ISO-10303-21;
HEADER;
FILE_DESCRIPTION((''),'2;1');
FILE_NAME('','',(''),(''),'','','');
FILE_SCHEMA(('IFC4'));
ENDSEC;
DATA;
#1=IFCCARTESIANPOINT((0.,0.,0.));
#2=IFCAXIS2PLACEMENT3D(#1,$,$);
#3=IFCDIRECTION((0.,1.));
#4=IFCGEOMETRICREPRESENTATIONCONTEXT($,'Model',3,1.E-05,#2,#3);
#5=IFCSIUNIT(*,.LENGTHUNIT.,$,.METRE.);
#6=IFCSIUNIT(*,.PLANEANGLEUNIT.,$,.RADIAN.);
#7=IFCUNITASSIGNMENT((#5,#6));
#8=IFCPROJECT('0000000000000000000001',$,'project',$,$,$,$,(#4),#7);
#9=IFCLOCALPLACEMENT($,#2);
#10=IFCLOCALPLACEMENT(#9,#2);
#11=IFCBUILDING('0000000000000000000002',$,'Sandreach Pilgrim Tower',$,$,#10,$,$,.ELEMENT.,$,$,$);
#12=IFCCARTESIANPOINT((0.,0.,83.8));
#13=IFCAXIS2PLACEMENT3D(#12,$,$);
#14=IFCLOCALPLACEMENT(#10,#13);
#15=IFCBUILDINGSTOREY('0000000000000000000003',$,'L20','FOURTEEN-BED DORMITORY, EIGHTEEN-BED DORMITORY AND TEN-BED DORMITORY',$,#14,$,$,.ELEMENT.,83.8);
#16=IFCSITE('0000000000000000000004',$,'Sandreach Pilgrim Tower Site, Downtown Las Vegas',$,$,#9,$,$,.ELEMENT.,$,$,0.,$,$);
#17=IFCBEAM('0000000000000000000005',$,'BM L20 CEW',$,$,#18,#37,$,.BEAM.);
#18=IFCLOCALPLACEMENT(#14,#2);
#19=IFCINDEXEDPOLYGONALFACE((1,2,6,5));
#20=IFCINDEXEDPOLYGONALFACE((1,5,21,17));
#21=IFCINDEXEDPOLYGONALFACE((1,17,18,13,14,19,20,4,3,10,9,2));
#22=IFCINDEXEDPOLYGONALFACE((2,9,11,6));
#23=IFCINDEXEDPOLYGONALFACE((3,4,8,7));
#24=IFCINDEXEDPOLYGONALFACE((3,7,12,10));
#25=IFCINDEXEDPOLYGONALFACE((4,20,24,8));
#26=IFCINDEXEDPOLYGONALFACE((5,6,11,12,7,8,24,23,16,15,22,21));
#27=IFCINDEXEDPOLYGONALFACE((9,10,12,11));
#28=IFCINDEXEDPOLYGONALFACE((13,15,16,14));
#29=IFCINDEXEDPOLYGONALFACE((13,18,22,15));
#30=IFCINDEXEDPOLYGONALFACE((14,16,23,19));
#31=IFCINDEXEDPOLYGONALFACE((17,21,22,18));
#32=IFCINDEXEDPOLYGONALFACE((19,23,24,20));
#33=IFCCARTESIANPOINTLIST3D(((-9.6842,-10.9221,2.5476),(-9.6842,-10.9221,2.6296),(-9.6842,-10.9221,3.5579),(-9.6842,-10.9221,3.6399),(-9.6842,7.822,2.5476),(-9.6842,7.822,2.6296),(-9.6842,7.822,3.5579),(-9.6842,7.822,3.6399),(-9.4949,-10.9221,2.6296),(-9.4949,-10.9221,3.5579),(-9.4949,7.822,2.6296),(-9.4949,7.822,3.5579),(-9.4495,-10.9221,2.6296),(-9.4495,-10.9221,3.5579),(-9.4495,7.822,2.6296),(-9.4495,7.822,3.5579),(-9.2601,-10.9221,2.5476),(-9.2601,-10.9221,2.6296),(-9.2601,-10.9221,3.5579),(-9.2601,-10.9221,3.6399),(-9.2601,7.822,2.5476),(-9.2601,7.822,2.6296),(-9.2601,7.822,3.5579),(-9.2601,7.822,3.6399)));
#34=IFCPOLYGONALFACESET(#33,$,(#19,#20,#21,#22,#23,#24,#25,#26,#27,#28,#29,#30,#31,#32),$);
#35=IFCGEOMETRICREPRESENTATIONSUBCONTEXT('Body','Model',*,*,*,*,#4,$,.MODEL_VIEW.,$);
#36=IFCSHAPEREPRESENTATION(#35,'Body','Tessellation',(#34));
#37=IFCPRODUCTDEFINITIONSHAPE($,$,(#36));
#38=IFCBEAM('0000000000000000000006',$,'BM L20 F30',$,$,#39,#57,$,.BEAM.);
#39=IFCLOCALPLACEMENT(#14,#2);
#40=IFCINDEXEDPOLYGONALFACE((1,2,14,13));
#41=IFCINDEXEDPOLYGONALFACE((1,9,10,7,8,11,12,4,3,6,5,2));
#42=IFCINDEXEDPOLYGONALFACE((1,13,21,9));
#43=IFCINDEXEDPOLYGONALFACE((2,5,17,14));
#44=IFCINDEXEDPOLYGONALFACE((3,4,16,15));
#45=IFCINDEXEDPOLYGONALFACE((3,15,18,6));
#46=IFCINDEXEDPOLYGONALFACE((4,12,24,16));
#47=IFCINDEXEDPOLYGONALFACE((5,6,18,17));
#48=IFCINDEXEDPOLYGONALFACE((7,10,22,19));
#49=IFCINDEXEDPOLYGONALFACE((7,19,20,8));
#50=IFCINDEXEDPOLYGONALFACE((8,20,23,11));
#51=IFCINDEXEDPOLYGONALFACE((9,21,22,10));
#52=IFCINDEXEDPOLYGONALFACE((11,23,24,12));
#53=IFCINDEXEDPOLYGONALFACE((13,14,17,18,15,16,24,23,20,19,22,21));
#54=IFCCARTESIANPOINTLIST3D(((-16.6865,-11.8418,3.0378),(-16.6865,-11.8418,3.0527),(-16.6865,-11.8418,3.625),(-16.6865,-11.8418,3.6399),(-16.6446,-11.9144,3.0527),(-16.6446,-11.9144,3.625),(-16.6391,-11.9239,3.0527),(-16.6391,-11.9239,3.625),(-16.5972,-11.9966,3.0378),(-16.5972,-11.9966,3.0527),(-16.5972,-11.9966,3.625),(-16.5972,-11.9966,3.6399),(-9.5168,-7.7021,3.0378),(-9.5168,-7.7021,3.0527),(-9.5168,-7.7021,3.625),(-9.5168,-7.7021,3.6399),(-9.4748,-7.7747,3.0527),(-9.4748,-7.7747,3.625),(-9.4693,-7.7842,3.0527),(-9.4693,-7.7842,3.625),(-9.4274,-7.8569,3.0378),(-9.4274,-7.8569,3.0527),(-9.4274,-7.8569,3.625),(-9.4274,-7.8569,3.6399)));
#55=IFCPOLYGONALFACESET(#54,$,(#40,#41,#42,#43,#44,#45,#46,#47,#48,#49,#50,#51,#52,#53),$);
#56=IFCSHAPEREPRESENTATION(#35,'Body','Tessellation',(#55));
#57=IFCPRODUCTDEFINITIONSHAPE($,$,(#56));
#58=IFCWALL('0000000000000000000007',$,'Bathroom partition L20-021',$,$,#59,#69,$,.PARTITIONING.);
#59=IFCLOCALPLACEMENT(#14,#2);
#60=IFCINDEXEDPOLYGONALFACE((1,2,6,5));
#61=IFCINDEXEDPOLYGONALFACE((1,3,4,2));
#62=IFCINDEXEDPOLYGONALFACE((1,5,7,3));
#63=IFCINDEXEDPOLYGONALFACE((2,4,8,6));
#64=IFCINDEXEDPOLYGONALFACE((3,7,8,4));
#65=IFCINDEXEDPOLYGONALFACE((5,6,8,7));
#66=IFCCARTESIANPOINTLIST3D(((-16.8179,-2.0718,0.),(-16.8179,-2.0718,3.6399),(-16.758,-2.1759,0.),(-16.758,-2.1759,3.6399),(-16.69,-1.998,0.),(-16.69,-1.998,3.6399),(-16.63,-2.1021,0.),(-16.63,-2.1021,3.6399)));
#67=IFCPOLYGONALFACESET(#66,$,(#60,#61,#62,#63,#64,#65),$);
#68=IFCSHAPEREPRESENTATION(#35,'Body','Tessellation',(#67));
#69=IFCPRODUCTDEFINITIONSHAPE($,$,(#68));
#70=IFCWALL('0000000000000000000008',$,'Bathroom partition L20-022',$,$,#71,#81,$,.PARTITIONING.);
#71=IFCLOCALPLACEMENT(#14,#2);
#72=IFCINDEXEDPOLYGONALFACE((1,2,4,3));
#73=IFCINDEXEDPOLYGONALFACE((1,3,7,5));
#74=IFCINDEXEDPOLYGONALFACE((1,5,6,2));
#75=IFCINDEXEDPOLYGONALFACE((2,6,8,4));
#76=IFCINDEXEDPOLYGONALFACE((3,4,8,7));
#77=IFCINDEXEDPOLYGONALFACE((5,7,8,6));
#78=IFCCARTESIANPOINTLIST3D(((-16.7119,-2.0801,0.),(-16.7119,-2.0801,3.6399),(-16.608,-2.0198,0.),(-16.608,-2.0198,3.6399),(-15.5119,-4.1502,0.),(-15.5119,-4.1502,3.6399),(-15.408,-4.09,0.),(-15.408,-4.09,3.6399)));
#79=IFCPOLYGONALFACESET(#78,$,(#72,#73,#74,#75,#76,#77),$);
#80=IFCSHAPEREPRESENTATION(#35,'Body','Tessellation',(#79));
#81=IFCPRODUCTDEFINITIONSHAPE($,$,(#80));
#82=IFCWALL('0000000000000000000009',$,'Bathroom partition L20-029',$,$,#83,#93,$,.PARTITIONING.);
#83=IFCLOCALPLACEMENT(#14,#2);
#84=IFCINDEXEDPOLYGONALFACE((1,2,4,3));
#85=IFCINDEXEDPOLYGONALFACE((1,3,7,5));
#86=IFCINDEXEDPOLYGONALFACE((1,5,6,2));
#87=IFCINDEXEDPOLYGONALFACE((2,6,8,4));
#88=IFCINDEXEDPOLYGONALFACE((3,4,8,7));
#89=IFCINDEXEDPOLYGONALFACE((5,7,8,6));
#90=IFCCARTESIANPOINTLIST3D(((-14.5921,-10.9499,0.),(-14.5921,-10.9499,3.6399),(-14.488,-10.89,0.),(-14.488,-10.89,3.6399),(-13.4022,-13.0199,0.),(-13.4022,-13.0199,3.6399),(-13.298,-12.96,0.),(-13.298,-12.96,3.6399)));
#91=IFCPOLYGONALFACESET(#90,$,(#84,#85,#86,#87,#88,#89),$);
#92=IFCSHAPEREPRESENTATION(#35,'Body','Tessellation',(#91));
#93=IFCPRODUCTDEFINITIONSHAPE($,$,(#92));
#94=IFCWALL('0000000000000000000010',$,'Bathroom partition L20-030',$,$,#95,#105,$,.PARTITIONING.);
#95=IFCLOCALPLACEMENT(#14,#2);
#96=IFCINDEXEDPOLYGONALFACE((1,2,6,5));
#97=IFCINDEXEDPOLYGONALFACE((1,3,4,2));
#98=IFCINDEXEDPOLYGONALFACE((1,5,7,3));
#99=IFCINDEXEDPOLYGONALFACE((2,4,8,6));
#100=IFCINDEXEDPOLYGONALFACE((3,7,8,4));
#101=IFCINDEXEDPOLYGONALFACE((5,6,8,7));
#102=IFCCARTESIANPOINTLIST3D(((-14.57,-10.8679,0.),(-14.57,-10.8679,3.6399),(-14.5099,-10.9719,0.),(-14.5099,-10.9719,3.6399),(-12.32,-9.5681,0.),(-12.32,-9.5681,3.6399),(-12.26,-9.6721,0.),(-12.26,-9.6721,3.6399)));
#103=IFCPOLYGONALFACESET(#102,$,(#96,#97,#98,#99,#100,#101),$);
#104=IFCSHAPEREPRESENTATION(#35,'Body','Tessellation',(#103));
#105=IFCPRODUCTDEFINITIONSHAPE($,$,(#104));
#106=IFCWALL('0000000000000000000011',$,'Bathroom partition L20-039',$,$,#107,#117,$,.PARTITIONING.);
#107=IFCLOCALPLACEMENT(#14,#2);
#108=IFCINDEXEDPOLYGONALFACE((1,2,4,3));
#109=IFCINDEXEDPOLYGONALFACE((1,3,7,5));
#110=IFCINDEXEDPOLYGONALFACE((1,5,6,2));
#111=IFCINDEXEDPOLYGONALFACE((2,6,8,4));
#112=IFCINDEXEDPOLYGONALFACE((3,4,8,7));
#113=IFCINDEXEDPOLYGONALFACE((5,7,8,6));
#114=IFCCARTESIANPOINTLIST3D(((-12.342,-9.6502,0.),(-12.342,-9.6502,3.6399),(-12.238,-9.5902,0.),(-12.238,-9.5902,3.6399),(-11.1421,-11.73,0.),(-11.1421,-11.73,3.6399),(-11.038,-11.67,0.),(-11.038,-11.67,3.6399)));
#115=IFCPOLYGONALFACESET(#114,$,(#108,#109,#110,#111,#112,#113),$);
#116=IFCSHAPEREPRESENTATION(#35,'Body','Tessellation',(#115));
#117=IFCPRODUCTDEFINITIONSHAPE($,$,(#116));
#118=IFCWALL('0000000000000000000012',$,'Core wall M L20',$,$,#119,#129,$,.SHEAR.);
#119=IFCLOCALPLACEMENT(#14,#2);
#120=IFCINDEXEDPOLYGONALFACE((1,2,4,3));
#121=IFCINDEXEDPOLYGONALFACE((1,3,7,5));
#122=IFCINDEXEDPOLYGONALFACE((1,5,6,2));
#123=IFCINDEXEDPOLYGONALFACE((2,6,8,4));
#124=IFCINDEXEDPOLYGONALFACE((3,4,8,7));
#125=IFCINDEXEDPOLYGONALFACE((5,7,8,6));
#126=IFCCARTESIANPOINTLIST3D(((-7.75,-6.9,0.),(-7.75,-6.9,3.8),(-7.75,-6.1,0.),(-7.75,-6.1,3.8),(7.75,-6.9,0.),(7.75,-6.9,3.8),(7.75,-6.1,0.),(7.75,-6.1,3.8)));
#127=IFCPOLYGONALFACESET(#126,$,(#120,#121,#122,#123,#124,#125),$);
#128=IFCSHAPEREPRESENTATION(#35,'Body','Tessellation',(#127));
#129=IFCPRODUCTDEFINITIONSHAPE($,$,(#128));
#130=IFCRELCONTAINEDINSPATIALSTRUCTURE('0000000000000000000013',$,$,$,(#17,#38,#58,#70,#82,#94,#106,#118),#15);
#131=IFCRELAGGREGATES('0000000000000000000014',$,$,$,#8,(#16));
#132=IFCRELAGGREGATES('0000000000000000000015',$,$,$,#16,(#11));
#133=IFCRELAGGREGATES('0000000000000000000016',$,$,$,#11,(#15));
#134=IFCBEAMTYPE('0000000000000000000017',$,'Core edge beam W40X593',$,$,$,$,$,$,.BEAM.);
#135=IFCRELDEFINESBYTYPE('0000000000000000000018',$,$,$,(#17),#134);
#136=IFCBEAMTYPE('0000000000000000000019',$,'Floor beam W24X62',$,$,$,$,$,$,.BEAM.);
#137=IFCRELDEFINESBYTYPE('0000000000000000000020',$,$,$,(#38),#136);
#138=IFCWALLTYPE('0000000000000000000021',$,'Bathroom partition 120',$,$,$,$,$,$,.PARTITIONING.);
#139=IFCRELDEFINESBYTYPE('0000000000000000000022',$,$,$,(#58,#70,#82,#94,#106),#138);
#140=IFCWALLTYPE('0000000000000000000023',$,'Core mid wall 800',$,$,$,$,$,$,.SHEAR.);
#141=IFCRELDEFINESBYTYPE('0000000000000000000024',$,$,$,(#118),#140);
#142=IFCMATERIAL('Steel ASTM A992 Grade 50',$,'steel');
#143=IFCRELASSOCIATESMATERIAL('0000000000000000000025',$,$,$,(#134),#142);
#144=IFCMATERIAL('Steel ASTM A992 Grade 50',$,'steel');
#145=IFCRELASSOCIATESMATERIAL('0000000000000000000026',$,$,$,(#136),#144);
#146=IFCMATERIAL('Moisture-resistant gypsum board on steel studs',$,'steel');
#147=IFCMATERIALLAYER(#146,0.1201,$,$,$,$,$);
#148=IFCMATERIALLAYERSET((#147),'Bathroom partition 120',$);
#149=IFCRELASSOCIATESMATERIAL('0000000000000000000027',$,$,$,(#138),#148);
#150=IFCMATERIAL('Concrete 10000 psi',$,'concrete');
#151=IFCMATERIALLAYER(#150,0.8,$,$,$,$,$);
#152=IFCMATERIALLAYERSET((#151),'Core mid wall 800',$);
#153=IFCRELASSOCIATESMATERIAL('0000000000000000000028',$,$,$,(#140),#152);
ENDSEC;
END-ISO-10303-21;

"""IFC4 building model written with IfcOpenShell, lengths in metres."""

from ifc_helpers import new_model, si_unit, direction, frame, frame_2d, origin, origin_2d, place, context, subcontext, project, spatial, rectangle, i_section, extrude, material, layer, layer_set, material_profile, profile_set, type_object, element, save


model = new_model("IFC4")

# Units and contexts
model_context = context("Model", 3, precision=1e-05, world=origin(), true_north=direction((0.0, 1.0)))
body_context = subcontext(model_context, "Body", "Model", "MODEL_VIEW")
ifc_project = project(units=[si_unit("LENGTHUNIT", "METRE"), si_unit("PLANEANGLEUNIT", "RADIAN")], contexts=[model_context])

# Site, building, storey
site_placement = place(None, origin())
site = spatial("IfcSite", under=ifc_project, at=site_placement, Name="Sandreach Pilgrim Tower Site, Downtown Las Vegas", CompositionType="ELEMENT", RefElevation=0.0)
building_placement = place(site_placement, origin())
building = spatial("IfcBuilding", under=site, at=building_placement, Name="Sandreach Pilgrim Tower", CompositionType="ELEMENT")
storey_placement = place(building_placement, frame((0.0, 0.0, 83.8)))
storey = spatial("IfcBuildingStorey", under=building, at=storey_placement, Name="L20", Description="FOURTEEN-BED DORMITORY, EIGHTEEN-BED DORMITORY AND TEN-BED DORMITORY", CompositionType="ELEMENT", Elevation=83.8)

# Beams
ifc_material_1 = material(Name="Steel ASTM A992 Grade 50", Category="steel")
ifc_material_profile_1 = material_profile(ifc_material_1, i_section(OverallWidth=0.4241, OverallDepth=1.0923, WebThickness=0.0454, FlangeThickness=0.082, at=origin_2d()), Name="W40X593")
ifc_profile_set_1 = profile_set([ifc_material_profile_1], Name="Steel ASTM A992 Grade 50")
beam_type_1 = type_object("IfcBeamType", Name="Core edge beam W40X593", PredefinedType="BEAM", material=ifc_profile_set_1)
beam_1_placement = place(storey_placement, frame((-9.4722, -10.9221, 3.0938), z_axis=(0.0, 1.0, 0.0), x_axis=(-1.0, 0.0, 0.0)))
element("IfcBeam", 1, at=beam_1_placement, inside=storey, type_object=beam_type_1, Name="BM L20 CEW", PredefinedType="BEAM", context=body_context, shape_type="SweptSolid", body=[
    extrude(i_section(OverallWidth=0.4241, OverallDepth=1.0923, WebThickness=0.0454, FlangeThickness=0.082, at=origin_2d()), origin(), (0.0, 0.0, 1.0), 18.7441),
])
ifc_material_2 = material(Name="Steel ASTM A992 Grade 50", Category="steel")
ifc_material_profile_2 = material_profile(ifc_material_2, i_section(OverallWidth=0.1787, OverallDepth=0.6021, WebThickness=0.011, FlangeThickness=0.0149, at=origin_2d()), Name="W24X62")
ifc_profile_set_2 = profile_set([ifc_material_profile_2], Name="Steel ASTM A992 Grade 50")
beam_type_2 = type_object("IfcBeamType", Name="Floor beam W24X62", PredefinedType="BEAM", material=ifc_profile_set_2)
beam_2_placement = place(storey_placement, frame((-16.6418, -11.9192, 3.3389), z_axis=(0.866013, 0.500021, 0.0), x_axis=(-0.500021, 0.866013, 0.0)))
element("IfcBeam", 2, at=beam_2_placement, inside=storey, type_object=beam_type_2, Name="BM L20 F30", PredefinedType="BEAM", context=body_context, shape_type="SweptSolid", body=[
    extrude(i_section(OverallWidth=0.1787, OverallDepth=0.6021, WebThickness=0.011, FlangeThickness=0.0149, at=origin_2d()), origin(), (0.0, 0.0, 1.0), 8.2791),
])

# Walls
ifc_material_3 = material(Name="Moisture-resistant gypsum board on steel studs", Category="steel")
ifc_layer_1 = layer(ifc_material_3, 0.1201)
ifc_layer_set_1 = layer_set([ifc_layer_1], Name="Bathroom partition 120")
wall_type_1 = type_object("IfcWallType", Name="Bathroom partition 120", PredefinedType="PARTITIONING", material=ifc_layer_set_1)
wall_1_placement = place(storey_placement, frame((-16.7878, -2.1238, 0.0), z_axis=(0.0, 0.0, 1.0), x_axis=(0.866406, 0.499341, 0.0)))
element("IfcWall", 3, at=wall_1_placement, inside=storey, type_object=wall_type_1, Name="Bathroom partition L20-021", PredefinedType="PARTITIONING", context=body_context, shape_type="SweptSolid", body=[
    extrude(rectangle(XDim=0.1477, YDim=0.1201, at=frame_2d((0.0737, 0.0))), origin(), (0.0, 0.0, 1.0), 3.6399),
])
wall_2_placement = place(storey_placement, frame((-16.6599, -2.05, 0.0), z_axis=(0.0, 0.0, 1.0), x_axis=(0.501503, -0.865156, 0.0)))
element("IfcWall", 4, at=wall_2_placement, inside=storey, type_object=wall_type_1, Name="Bathroom partition L20-022", PredefinedType="PARTITIONING", context=body_context, shape_type="SweptSolid", body=[
    extrude(rectangle(XDim=2.3928, YDim=0.1201, at=frame_2d((1.1963, 0.0))), origin(), (0.0, 0.0, 1.0), 3.6399),
])
wall_3_placement = place(storey_placement, frame((-14.54, -10.9199, 0.0), z_axis=(0.0, 0.0, 1.0), x_axis=(0.498362, -0.866969, 0.0)))
element("IfcWall", 5, at=wall_3_placement, inside=storey, type_object=wall_type_1, Name="Bathroom partition L20-029", PredefinedType="PARTITIONING", context=body_context, shape_type="SweptSolid", body=[
    extrude(rectangle(XDim=2.3877, YDim=0.1201, at=frame_2d((1.1938, 0.0))), origin(), (0.0, 0.0, 1.0), 3.6399),
])
wall_4_placement = place(storey_placement, frame((-14.54, -10.9199, 0.0), z_axis=(0.0, 0.0, 1.0), x_axis=(0.865898, 0.500221, 0.0)))
element("IfcWall", 6, at=wall_4_placement, inside=storey, type_object=wall_type_1, Name="Bathroom partition L20-030", PredefinedType="PARTITIONING", context=body_context, shape_type="SweptSolid", body=[
    extrude(rectangle(XDim=2.5984, YDim=0.1201, at=frame_2d((1.2993, 0.0))), origin(), (0.0, 0.0, 1.0), 3.6399),
])
wall_5_placement = place(storey_placement, frame((-12.29, -9.6201, 0.0), z_axis=(0.0, 0.0, 1.0), x_axis=(0.499737, -0.866177, 0.0)))
element("IfcWall", 7, at=wall_5_placement, inside=storey, type_object=wall_type_1, Name="Bathroom partition L20-039", PredefinedType="PARTITIONING", context=body_context, shape_type="SweptSolid", body=[
    extrude(rectangle(XDim=2.4011, YDim=0.1201, at=frame_2d((1.2007, 0.0))), origin(), (0.0, 0.0, 1.0), 3.6399),
])
ifc_material_4 = material(Name="Concrete 10000 psi", Category="concrete")
ifc_layer_2 = layer(ifc_material_4, 0.8)
ifc_layer_set_2 = layer_set([ifc_layer_2], Name="Core mid wall 800")
wall_type_2 = type_object("IfcWallType", Name="Core mid wall 800", PredefinedType="SHEAR", material=ifc_layer_set_2)
wall_6_placement = place(storey_placement, frame((-7.75, -6.5, 0.0), z_axis=(0.0, 0.0, 1.0), x_axis=(1.0, 0.0, 0.0)))
element("IfcWall", 8, at=wall_6_placement, inside=storey, type_object=wall_type_2, Name="Core wall M L20", PredefinedType="SHEAR", context=body_context, shape_type="SweptSolid", body=[
    extrude(rectangle(XDim=15.5, YDim=0.8, at=frame_2d((7.75, 0.0))), origin(), (0.0, 0.0, 1.0), 3.8),
])

save(model, "model.ifc")
